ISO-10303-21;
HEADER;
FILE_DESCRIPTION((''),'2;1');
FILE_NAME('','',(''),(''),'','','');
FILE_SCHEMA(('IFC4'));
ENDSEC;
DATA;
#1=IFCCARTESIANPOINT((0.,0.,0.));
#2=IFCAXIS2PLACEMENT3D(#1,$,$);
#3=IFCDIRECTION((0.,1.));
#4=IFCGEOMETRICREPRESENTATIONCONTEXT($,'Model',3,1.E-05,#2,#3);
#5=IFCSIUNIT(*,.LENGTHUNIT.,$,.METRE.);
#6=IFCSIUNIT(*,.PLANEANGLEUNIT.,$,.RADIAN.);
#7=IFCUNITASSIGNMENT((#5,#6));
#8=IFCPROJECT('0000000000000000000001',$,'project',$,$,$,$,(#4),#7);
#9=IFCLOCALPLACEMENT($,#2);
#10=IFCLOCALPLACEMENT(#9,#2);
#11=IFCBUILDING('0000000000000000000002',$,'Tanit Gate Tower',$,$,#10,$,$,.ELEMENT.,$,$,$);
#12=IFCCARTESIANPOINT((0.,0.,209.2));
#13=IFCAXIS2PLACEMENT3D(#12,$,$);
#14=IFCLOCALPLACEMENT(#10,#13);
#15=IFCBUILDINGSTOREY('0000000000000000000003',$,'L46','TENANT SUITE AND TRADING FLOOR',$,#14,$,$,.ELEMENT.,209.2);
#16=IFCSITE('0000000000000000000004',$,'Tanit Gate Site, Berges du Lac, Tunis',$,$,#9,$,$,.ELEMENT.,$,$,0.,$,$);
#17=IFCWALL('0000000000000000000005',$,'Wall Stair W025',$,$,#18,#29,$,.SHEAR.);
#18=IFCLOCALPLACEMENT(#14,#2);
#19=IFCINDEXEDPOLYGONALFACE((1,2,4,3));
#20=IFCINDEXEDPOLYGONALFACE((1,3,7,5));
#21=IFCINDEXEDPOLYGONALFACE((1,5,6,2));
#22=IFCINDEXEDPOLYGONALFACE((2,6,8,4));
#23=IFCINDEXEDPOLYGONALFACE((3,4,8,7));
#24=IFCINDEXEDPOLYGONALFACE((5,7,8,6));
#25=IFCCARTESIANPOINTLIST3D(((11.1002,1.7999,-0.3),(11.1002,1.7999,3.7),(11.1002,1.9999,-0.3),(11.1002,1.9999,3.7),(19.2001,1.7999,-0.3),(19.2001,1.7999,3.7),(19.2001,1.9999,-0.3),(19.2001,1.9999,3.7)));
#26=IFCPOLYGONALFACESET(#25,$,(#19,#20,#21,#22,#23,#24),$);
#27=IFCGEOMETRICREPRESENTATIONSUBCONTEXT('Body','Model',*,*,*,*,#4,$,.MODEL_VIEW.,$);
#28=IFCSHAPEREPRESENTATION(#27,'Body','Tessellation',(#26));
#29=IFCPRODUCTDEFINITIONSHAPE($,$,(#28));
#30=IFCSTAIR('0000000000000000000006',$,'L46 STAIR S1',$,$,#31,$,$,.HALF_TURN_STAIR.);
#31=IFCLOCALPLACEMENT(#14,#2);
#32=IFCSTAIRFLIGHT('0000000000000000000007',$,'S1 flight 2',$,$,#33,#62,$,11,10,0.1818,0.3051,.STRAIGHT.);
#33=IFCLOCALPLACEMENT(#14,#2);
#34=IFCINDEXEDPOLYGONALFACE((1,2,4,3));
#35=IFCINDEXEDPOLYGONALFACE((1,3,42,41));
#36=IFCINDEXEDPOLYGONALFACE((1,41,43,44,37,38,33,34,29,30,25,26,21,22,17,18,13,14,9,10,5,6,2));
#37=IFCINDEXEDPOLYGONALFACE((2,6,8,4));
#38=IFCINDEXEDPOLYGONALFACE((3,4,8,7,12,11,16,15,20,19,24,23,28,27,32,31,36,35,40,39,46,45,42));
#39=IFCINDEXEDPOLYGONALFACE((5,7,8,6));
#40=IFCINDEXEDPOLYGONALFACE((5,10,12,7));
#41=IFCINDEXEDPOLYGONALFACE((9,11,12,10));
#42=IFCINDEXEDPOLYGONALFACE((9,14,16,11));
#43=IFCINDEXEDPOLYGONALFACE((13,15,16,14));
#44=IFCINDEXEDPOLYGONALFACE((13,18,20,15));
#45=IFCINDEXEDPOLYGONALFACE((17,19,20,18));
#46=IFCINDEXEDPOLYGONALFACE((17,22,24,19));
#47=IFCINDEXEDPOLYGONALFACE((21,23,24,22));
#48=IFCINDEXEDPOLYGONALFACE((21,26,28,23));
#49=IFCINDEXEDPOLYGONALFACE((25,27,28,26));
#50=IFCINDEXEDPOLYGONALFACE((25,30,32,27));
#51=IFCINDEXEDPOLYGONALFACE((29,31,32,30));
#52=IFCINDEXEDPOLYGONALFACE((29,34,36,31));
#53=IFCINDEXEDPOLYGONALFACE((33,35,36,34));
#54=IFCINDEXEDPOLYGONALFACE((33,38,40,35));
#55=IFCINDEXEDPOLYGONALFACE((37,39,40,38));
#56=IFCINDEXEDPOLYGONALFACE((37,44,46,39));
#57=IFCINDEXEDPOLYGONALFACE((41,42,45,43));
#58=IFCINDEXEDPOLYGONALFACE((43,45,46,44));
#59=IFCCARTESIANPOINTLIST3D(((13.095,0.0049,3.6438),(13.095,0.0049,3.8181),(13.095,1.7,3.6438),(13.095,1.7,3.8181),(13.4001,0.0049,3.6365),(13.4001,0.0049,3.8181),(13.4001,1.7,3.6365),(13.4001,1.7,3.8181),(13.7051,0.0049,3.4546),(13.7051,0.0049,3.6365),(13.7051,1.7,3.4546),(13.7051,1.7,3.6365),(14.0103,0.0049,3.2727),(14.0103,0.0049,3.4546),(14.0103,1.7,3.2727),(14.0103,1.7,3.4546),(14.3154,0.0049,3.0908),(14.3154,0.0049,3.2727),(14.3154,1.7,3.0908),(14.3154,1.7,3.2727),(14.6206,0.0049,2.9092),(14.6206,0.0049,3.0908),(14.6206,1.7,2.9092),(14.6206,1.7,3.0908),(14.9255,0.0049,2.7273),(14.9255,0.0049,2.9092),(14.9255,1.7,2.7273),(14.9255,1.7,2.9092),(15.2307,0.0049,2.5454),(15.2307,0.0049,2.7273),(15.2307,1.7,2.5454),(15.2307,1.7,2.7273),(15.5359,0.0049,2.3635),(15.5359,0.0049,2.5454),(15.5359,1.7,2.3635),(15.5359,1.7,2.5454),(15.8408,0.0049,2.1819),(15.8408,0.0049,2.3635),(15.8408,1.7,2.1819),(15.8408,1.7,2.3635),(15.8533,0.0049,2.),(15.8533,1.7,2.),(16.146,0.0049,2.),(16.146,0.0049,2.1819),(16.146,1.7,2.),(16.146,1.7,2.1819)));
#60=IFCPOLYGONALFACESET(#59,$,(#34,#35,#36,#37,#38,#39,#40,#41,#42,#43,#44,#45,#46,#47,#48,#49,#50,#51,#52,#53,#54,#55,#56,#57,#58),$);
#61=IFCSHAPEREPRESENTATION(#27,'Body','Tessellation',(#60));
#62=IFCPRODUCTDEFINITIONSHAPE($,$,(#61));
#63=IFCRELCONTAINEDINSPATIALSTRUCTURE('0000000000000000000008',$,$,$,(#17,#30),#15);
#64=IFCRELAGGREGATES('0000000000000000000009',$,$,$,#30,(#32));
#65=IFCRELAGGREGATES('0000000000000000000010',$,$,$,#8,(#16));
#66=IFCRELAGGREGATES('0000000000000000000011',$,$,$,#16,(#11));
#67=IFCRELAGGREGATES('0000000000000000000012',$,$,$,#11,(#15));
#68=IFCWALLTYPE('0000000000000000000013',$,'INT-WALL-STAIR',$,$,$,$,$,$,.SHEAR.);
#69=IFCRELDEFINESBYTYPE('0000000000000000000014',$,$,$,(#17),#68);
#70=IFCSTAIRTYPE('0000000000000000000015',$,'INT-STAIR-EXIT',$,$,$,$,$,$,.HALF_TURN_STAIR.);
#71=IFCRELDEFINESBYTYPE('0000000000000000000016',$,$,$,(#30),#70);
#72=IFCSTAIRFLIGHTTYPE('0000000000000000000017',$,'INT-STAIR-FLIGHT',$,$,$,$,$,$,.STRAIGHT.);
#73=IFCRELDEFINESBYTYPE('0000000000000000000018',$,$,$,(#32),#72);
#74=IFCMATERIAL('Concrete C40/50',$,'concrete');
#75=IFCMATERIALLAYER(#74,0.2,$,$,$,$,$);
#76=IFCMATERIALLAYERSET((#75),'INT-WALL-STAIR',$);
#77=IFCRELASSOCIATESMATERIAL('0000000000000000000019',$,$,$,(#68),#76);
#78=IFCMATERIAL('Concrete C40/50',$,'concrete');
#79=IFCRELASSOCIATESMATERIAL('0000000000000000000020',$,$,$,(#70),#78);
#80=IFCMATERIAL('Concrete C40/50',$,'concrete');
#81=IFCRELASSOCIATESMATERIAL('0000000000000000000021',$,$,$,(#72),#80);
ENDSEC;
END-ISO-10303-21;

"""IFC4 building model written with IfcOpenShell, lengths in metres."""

from ifc_helpers import new_model, si_unit, direction, frame, frame_2d, origin, place, context, subcontext, project, spatial, polyline, rectangle, outline, extrude, material, layer, layer_set, type_object, element, aggregate, save


model = new_model("IFC4")

# Units and contexts
model_context = context("Model", 3, precision=1e-05, world=origin(), true_north=direction((0.0, 1.0)))
body_context = subcontext(model_context, "Body", "Model", "MODEL_VIEW")
ifc_project = project(units=[si_unit("LENGTHUNIT", "METRE"), si_unit("PLANEANGLEUNIT", "RADIAN")], contexts=[model_context])

# Site, building, storey
site_placement = place(None, origin())
site = spatial("IfcSite", under=ifc_project, at=site_placement, Name="Tanit Gate Site, Berges du Lac, Tunis", CompositionType="ELEMENT", RefElevation=0.0)
building_placement = place(site_placement, origin())
building = spatial("IfcBuilding", under=site, at=building_placement, Name="Tanit Gate Tower", CompositionType="ELEMENT")
storey_placement = place(building_placement, frame((0.0, 0.0, 209.2)))
storey = spatial("IfcBuildingStorey", under=building, at=storey_placement, Name="L46", Description="TENANT SUITE AND TRADING FLOOR", CompositionType="ELEMENT", Elevation=209.2)

# Wall
ifc_material_1 = material(Name="Concrete C40/50", Category="concrete")
ifc_layer_1 = layer(ifc_material_1, 0.2)
ifc_layer_set_1 = layer_set([ifc_layer_1], Name="INT-WALL-STAIR")
wall_type_1 = type_object("IfcWallType", Name="INT-WALL-STAIR", PredefinedType="SHEAR", material=ifc_layer_set_1)
wall_1_placement = place(storey_placement, frame((19.2, 1.8999, -0.3), z_axis=(0.0, 0.0, 1.0), x_axis=(-1.0, 0.0, 0.0)))
element("IfcWall", 1, at=wall_1_placement, inside=storey, type_object=wall_type_1, Name="Wall Stair W025", PredefinedType="SHEAR", context=body_context, shape_type="SweptSolid", body=[
    extrude(rectangle(XDim=8.0999, YDim=0.2, at=frame_2d((4.0498, 0.0))), origin(), (0.0, 0.0, 1.0), 4.0),
])

# Stair, stair flight
ifc_material_2 = material(Name="Concrete C40/50", Category="concrete")
stair_type = type_object("IfcStairType", Name="INT-STAIR-EXIT", PredefinedType="HALF_TURN_STAIR", material=ifc_material_2)
stair_placement = place(storey_placement, origin())
stair = element("IfcStair", 2, at=stair_placement, inside=storey, type_object=stair_type, Name="L46 STAIR S1", PredefinedType="HALF_TURN_STAIR")
ifc_material_3 = material(Name="Concrete C40/50", Category="concrete")
stair_flight_type = type_object("IfcStairFlightType", Name="INT-STAIR-FLIGHT", PredefinedType="STRAIGHT", material=ifc_material_3)
stair_flight_placement = place(storey_placement, frame((16.146, 0.8525, 2.0), z_axis=(0.0, 0.0, 1.0), x_axis=(-1.0, 0.0, 0.0)))
stair_flight = element("IfcStairFlight", 3, at=stair_flight_placement, type_object=stair_flight_type, Name="S1 flight 2", NumberOfRisers=11, NumberOfTreads=10, PredefinedType="STRAIGHT", RiserHeight=0.1818, TreadLength=0.3051, context=body_context, shape_type="SweptSolid", body=[
    extrude(outline(polyline([(0.0, 0.0), (0.0, 0.1819), (0.3052, 0.1819), (0.3052, 0.3635), (0.6101, 0.3635), (0.6101, 0.5454), (0.9153, 0.5454), (0.9153, 0.7273), (1.2205, 0.7273), (1.2205, 0.9092), (1.5254, 0.9092), (1.5254, 1.0908), (1.8306, 1.0908), (1.8306, 1.2727), (2.1357, 1.2727), (2.1357, 1.4546), (2.4409, 1.4546), (2.4409, 1.6365), (2.7458, 1.6365), (2.7458, 1.8181), (3.051, 1.8181), (3.051, 2.0), (3.051, 1.6438), (0.2927, 0.0), (0.0, 0.0)])), frame((0.0, 0.8477, 0.0), z_axis=(0.0, -1.0, 0.0), x_axis=(1.0, 0.0, 0.0)), (0.0, 0.0, 1.0), 1.6951),
])
aggregate(stair, [stair_flight])

save(model, "model.ifc")
